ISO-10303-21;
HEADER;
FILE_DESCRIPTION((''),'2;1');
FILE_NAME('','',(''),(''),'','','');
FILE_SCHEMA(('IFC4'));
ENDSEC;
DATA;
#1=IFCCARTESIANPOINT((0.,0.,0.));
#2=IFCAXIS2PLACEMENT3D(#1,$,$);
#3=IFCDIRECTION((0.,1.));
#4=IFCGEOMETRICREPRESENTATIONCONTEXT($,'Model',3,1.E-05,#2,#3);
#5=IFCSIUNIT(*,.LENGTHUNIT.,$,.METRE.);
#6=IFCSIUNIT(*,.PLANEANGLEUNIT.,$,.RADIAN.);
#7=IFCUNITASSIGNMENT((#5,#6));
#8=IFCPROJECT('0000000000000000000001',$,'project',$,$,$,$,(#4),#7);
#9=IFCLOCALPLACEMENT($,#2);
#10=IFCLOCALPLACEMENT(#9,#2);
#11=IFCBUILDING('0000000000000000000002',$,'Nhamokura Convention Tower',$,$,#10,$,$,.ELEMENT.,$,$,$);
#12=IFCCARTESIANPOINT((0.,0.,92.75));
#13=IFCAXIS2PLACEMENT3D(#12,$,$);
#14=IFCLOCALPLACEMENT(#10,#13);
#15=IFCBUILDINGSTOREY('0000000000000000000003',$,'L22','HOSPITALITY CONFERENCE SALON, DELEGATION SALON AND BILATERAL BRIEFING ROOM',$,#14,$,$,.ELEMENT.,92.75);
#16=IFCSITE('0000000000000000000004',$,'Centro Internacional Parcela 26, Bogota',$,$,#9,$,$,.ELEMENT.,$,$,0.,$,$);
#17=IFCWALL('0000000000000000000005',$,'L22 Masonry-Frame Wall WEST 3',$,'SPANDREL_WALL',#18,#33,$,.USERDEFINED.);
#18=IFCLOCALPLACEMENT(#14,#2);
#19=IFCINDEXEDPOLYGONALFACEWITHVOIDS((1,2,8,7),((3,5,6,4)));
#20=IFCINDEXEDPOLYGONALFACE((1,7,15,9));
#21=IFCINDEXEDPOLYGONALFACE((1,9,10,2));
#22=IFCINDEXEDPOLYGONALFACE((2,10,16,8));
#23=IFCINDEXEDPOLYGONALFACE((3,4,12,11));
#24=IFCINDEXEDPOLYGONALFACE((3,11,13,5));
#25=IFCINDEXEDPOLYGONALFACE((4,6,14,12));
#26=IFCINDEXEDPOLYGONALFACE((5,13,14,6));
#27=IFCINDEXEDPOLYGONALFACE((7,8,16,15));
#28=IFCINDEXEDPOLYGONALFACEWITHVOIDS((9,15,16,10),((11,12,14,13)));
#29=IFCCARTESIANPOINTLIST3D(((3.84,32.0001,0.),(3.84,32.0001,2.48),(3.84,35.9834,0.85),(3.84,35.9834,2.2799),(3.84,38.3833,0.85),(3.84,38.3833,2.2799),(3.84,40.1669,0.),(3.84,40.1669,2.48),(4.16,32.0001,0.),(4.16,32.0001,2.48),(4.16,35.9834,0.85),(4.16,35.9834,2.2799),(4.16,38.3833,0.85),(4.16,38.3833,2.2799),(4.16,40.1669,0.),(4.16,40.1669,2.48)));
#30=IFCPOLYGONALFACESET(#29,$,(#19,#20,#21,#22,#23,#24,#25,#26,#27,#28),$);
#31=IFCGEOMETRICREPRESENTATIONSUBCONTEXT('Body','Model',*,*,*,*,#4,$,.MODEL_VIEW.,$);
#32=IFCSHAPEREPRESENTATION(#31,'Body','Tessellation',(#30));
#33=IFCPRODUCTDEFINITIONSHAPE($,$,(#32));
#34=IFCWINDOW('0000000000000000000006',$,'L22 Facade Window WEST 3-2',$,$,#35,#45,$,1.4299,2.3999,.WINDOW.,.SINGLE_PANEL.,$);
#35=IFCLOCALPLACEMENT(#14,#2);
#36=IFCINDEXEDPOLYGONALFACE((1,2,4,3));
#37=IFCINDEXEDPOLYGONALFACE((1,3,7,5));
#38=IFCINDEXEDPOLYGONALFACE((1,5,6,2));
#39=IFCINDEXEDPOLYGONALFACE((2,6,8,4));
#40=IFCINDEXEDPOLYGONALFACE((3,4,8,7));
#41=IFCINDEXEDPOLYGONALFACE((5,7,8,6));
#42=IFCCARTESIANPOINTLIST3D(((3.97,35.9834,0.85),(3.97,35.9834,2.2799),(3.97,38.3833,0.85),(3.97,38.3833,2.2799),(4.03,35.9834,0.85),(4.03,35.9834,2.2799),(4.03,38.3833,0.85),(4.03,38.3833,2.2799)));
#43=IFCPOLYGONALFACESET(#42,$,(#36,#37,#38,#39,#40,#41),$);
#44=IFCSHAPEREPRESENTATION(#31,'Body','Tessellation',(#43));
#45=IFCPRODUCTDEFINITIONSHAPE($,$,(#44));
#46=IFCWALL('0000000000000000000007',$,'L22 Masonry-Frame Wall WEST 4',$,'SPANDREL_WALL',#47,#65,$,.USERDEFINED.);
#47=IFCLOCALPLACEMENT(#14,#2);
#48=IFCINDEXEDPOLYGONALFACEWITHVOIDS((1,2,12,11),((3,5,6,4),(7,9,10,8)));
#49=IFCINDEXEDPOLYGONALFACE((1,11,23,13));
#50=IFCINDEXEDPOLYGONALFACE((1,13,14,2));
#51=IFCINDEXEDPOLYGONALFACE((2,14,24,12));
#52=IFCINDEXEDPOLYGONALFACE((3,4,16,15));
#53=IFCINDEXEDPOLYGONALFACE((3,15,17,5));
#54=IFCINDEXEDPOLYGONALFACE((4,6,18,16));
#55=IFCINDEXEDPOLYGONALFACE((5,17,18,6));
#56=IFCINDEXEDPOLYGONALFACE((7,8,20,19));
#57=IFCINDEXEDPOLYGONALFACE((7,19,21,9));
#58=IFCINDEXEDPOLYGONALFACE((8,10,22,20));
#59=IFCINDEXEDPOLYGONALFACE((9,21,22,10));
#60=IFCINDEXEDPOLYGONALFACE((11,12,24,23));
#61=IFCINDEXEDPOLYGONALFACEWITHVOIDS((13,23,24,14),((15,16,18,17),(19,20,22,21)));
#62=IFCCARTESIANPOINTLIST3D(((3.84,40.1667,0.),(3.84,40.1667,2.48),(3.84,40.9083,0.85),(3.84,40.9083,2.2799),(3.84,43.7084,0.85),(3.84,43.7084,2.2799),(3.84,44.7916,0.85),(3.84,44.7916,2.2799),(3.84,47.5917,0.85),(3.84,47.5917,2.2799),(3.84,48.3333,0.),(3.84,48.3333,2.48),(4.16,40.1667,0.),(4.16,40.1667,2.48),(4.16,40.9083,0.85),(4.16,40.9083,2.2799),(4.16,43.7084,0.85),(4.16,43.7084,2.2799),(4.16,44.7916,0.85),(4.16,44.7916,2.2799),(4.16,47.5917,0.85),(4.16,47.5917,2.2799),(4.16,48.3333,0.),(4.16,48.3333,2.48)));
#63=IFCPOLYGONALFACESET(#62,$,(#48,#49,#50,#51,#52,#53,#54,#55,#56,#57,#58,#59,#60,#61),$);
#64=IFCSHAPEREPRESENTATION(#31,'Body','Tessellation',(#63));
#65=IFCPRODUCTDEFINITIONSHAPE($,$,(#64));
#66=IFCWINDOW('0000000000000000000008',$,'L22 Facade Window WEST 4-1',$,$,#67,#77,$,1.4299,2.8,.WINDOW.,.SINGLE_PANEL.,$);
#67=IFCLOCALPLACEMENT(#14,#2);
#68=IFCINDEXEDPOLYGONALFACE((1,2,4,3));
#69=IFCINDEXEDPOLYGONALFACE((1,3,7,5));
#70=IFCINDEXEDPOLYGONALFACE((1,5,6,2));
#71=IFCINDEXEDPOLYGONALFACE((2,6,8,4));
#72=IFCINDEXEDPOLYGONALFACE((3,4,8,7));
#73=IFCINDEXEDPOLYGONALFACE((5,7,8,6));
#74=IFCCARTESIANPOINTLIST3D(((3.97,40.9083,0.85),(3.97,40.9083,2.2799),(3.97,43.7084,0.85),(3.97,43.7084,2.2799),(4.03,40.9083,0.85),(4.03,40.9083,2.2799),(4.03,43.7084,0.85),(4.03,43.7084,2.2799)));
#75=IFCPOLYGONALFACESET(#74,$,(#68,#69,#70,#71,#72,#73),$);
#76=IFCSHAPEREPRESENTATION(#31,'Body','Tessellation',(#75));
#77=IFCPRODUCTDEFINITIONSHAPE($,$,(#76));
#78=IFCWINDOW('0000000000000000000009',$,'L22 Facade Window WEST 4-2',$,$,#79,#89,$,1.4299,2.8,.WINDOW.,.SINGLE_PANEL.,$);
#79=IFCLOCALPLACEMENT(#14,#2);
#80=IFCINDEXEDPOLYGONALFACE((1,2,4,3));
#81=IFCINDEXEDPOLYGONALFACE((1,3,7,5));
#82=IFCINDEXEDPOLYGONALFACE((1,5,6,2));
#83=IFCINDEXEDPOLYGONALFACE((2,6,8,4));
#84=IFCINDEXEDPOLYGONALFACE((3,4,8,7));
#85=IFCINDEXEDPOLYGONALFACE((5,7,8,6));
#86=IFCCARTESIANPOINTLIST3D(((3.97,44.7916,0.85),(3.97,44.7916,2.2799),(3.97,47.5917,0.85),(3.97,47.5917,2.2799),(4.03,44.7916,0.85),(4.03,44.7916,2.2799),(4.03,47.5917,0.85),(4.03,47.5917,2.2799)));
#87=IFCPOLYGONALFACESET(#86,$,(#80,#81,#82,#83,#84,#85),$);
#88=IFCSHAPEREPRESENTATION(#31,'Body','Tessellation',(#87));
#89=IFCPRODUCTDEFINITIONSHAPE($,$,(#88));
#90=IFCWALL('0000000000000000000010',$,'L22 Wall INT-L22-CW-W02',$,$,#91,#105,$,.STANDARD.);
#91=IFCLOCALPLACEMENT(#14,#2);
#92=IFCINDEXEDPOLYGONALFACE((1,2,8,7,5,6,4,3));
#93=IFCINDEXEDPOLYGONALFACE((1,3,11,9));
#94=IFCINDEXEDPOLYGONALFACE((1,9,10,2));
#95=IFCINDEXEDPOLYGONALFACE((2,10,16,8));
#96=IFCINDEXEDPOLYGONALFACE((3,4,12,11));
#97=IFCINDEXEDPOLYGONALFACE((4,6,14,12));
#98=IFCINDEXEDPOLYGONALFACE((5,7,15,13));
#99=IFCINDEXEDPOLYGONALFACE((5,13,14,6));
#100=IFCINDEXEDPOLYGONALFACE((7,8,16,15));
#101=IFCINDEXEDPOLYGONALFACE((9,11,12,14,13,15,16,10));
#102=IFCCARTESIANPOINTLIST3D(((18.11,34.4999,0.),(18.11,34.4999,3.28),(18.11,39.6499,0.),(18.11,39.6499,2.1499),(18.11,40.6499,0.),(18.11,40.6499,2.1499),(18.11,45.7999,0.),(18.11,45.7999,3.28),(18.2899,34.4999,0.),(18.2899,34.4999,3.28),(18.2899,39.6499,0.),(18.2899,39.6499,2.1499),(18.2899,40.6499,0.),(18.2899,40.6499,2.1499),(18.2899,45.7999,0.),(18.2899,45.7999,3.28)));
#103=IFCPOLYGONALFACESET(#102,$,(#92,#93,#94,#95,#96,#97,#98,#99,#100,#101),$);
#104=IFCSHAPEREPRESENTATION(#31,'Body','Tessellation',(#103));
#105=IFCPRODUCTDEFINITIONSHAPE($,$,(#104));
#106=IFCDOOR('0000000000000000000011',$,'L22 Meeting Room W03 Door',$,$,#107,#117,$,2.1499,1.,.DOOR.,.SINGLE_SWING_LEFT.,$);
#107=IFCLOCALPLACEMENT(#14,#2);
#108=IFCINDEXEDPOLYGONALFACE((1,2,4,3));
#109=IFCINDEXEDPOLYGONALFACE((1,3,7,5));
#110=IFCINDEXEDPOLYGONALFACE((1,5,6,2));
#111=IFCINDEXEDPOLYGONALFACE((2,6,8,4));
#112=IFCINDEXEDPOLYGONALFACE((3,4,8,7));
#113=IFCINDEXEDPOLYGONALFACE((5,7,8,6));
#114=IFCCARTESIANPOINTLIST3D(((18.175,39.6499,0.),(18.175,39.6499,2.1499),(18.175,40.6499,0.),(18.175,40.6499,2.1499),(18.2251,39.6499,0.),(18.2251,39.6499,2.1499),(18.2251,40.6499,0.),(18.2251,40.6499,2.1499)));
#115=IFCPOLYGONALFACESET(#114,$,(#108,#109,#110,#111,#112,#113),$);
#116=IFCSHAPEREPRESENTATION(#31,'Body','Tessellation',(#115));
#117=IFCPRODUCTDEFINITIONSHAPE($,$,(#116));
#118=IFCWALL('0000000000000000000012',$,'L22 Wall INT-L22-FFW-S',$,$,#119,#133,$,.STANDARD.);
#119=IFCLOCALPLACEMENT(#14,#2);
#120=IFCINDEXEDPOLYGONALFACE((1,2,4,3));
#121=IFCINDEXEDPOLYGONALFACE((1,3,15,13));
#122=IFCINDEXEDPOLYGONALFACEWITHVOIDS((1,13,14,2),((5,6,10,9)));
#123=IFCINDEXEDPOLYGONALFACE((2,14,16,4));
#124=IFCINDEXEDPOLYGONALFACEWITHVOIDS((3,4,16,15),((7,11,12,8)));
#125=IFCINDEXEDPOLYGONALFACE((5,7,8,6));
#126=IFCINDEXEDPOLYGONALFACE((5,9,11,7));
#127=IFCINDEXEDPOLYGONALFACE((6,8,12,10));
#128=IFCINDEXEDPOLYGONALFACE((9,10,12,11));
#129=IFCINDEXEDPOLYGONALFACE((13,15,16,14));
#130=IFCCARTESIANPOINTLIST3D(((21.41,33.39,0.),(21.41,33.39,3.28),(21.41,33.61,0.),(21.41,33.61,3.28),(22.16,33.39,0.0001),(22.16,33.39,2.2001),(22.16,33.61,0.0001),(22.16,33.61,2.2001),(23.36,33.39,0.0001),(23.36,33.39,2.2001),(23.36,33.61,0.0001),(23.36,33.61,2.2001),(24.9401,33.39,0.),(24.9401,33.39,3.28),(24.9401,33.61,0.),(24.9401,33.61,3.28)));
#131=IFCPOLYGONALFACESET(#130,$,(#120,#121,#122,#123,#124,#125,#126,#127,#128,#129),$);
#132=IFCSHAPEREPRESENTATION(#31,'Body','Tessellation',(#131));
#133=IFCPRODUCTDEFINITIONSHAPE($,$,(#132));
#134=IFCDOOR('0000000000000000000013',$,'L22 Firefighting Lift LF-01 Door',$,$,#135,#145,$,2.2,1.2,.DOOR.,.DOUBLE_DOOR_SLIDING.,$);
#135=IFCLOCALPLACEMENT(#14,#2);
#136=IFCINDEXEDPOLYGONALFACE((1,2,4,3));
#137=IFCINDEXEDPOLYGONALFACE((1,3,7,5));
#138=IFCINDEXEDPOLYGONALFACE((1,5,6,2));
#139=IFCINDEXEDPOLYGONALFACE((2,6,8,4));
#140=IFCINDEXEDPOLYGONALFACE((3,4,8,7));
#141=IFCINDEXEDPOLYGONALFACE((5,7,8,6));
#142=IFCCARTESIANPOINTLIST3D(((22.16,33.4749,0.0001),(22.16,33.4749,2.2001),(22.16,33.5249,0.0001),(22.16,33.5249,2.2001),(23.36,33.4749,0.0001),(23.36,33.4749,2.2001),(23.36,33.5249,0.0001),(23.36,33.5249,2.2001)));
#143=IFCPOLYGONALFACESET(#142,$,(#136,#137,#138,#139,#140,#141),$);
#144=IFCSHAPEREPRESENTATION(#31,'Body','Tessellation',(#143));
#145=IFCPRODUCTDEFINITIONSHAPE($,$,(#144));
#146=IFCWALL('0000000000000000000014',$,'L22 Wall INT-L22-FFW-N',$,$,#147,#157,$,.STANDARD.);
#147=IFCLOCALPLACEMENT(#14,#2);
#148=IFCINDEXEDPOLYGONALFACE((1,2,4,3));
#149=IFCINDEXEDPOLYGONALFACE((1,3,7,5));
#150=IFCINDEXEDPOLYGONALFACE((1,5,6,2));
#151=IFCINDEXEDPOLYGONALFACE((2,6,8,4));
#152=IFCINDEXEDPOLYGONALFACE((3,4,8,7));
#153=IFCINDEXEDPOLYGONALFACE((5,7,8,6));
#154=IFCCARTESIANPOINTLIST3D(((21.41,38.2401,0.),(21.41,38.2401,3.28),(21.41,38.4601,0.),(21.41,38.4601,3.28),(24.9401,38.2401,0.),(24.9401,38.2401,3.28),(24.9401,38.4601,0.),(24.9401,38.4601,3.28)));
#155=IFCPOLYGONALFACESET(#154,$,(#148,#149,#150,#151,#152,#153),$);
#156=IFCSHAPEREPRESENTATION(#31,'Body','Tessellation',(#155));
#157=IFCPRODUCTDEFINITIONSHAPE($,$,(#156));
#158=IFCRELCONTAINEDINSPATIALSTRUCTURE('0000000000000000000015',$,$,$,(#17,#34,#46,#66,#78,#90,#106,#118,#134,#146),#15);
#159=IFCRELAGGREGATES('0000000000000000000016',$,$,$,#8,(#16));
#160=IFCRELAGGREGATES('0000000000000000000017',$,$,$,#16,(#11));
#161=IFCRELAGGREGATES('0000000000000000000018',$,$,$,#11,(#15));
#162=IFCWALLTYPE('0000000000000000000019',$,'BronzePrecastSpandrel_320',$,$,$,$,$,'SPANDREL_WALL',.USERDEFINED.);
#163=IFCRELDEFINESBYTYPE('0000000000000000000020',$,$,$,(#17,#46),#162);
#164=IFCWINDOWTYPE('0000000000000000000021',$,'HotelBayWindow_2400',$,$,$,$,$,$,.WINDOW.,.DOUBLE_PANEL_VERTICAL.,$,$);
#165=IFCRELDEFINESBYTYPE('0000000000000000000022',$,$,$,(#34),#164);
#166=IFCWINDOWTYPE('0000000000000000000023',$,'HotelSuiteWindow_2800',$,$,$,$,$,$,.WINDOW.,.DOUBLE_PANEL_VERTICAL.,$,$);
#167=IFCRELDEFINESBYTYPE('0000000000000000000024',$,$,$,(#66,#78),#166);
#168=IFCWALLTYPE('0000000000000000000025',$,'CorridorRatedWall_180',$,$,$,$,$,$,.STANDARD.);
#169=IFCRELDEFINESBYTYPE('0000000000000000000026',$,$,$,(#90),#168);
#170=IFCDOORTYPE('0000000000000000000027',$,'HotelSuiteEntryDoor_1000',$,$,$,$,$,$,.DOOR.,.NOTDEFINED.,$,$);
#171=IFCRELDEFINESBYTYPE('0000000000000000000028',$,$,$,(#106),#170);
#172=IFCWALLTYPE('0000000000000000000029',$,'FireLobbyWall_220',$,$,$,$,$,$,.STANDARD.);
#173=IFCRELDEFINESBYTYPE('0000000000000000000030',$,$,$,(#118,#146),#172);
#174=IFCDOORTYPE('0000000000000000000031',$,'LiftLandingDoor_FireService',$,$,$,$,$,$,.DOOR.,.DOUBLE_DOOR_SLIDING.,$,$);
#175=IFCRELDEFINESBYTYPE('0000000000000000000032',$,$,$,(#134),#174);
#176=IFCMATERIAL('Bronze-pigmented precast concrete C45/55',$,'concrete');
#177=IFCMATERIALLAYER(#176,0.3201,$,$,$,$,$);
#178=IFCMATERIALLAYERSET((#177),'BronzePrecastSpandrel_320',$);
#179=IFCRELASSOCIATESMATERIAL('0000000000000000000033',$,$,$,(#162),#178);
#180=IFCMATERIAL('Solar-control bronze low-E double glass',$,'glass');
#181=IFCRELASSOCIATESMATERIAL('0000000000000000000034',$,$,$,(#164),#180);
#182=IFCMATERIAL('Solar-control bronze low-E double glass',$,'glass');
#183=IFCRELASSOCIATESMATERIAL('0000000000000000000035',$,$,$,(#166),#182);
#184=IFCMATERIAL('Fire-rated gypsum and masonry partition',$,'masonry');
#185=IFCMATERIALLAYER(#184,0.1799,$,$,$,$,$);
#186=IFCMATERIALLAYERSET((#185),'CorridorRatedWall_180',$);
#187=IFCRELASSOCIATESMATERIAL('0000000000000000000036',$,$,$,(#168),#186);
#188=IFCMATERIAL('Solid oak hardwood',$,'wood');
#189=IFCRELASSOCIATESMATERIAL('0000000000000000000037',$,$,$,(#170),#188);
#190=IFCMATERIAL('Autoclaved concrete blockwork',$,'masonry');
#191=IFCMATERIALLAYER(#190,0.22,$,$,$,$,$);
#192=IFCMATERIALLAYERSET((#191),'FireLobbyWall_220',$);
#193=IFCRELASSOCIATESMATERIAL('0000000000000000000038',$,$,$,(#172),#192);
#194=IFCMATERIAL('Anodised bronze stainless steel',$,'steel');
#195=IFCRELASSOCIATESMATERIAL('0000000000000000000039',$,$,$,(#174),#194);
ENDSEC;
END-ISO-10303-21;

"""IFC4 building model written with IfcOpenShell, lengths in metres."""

from ifc_helpers import new_model, si_unit, direction, frame, frame_2d, origin, place, context, subcontext, project, spatial, rectangle, extrude, material, layer, layer_set, type_object, element, fill, save


model = new_model("IFC4")

# Units and contexts
model_context = context("Model", 3, precision=1e-05, world=origin(), true_north=direction((0.0, 1.0)))
body_context = subcontext(model_context, "Body", "Model", "MODEL_VIEW")
ifc_project = project(units=[si_unit("LENGTHUNIT", "METRE"), si_unit("PLANEANGLEUNIT", "RADIAN")], contexts=[model_context])

# Site, building, storey
site_placement = place(None, origin())
site = spatial("IfcSite", under=ifc_project, at=site_placement, Name="Centro Internacional Parcela 26, Bogota", CompositionType="ELEMENT", RefElevation=0.0)
building_placement = place(site_placement, origin())
building = spatial("IfcBuilding", under=site, at=building_placement, Name="Nhamokura Convention Tower", CompositionType="ELEMENT")
storey_placement = place(building_placement, frame((0.0, 0.0, 92.75)))
storey = spatial("IfcBuildingStorey", under=building, at=storey_placement, Name="L22", Description="HOSPITALITY CONFERENCE SALON, DELEGATION SALON AND BILATERAL BRIEFING ROOM", CompositionType="ELEMENT", Elevation=92.75)

# Wall, opening, window
ifc_material_1 = material(Name="Bronze-pigmented precast concrete C45/55", Category="concrete")
ifc_layer_1 = layer(ifc_material_1, 0.3201)
ifc_layer_set_1 = layer_set([ifc_layer_1], Name="BronzePrecastSpandrel_320")
wall_type_1 = type_object("IfcWallType", Name="BronzePrecastSpandrel_320", ElementType="SPANDREL_WALL", PredefinedType="USERDEFINED", material=ifc_layer_set_1)
wall_1_placement = place(storey_placement, frame((4.0, 32.0, 0.0), z_axis=(0.0, 0.0, 1.0), x_axis=(0.0, 1.0, 0.0)))
wall_1 = element("IfcWall", 1, at=wall_1_placement, inside=storey, type_object=wall_type_1, Name="L22 Masonry-Frame Wall WEST 3", ObjectType="SPANDREL_WALL", PredefinedType="USERDEFINED", context=body_context, shape_type="SweptSolid", body=[
    extrude(rectangle(XDim=8.1667, YDim=0.3201, at=frame_2d((4.0835, 0.0))), origin(), (0.0, 0.0, 1.0), 2.48),
])
opening_1_placement = place(wall_1_placement, frame((3.9834, 0.0, 0.8501)))
opening_1 = element("IfcOpeningElement", 2, at=opening_1_placement, cuts=wall_1, PredefinedType="OPENING", context=body_context, shape_type="SweptSolid", body=[
    extrude(rectangle(XDim=2.3999, YDim=1.4299, at=frame_2d((1.2, 0.7148))), frame((0.0, 0.1699, 0.0), z_axis=(0.0, -1.0, 0.0), x_axis=(1.0, 0.0, 0.0)), (0.0, 0.0, 1.0), 0.3401),
])
ifc_material_2 = material(Name="Solar-control bronze low-E double glass", Category="glass")
window_type_1 = type_object("IfcWindowType", Name="HotelBayWindow_2400", PartitioningType="DOUBLE_PANEL_VERTICAL", PredefinedType="WINDOW", material=ifc_material_2)
window_1_placement = place(opening_1_placement, origin())
window_1 = element("IfcWindow", 3, at=window_1_placement, inside=storey, type_object=window_type_1, Name="L22 Facade Window WEST 3-2", OverallHeight=1.4299, OverallWidth=2.3999, PartitioningType="SINGLE_PANEL", PredefinedType="WINDOW", context=body_context, shape_type="SweptSolid", body=[
    extrude(rectangle(XDim=2.3999, YDim=1.4299, at=frame_2d((1.2, 0.7148))), frame((0.0, 0.03, 0.0), z_axis=(0.0, -1.0, 0.0), x_axis=(1.0, 0.0, 0.0)), (0.0, 0.0, 1.0), 0.0601),
])
fill(opening_1, window_1)

# Wall, openings, windows
wall_2_placement = place(storey_placement, frame((4.0, 40.1667, 0.0), z_axis=(0.0, 0.0, 1.0), x_axis=(0.0, 1.0, 0.0)))
wall_2 = element("IfcWall", 4, at=wall_2_placement, inside=storey, type_object=wall_type_1, Name="L22 Masonry-Frame Wall WEST 4", ObjectType="SPANDREL_WALL", PredefinedType="USERDEFINED", context=body_context, shape_type="SweptSolid", body=[
    extrude(rectangle(XDim=8.1665, YDim=0.3201, at=frame_2d((4.0833, 0.0))), origin(), (0.0, 0.0, 1.0), 2.48),
])
opening_2_placement = place(wall_2_placement, frame((0.7417, 0.0, 0.8501)))
opening_2 = element("IfcOpeningElement", 5, at=opening_2_placement, cuts=wall_2, PredefinedType="OPENING", context=body_context, shape_type="SweptSolid", body=[
    extrude(rectangle(XDim=2.8, YDim=1.4299, at=frame_2d((1.3999, 0.7148))), frame((0.0, 0.1699, 0.0), z_axis=(0.0, -1.0, 0.0), x_axis=(1.0, 0.0, 0.0)), (0.0, 0.0, 1.0), 0.3401),
])
opening_3_placement = place(wall_2_placement, frame((4.625, 0.0, 0.8501)))
opening_3 = element("IfcOpeningElement", 6, at=opening_3_placement, cuts=wall_2, PredefinedType="OPENING", context=body_context, shape_type="SweptSolid", body=[
    extrude(rectangle(XDim=2.8, YDim=1.4299, at=frame_2d((1.3999, 0.7148))), frame((0.0, 0.1699, 0.0), z_axis=(0.0, -1.0, 0.0), x_axis=(1.0, 0.0, 0.0)), (0.0, 0.0, 1.0), 0.3401),
])
ifc_material_3 = material(Name="Solar-control bronze low-E double glass", Category="glass")
window_type_2 = type_object("IfcWindowType", Name="HotelSuiteWindow_2800", PartitioningType="DOUBLE_PANEL_VERTICAL", PredefinedType="WINDOW", material=ifc_material_3)
window_2_placement = place(opening_2_placement, origin())
window_2 = element("IfcWindow", 7, at=window_2_placement, inside=storey, type_object=window_type_2, Name="L22 Facade Window WEST 4-1", OverallHeight=1.4299, OverallWidth=2.8, PartitioningType="SINGLE_PANEL", PredefinedType="WINDOW", context=body_context, shape_type="SweptSolid", body=[
    extrude(rectangle(XDim=2.8, YDim=1.4299, at=frame_2d((1.3999, 0.7148))), frame((0.0, 0.03, 0.0), z_axis=(0.0, -1.0, 0.0), x_axis=(1.0, 0.0, 0.0)), (0.0, 0.0, 1.0), 0.0601),
])
fill(opening_2, window_2)
window_3_placement = place(opening_3_placement, origin())
window_3 = element("IfcWindow", 8, at=window_3_placement, inside=storey, type_object=window_type_2, Name="L22 Facade Window WEST 4-2", OverallHeight=1.4299, OverallWidth=2.8, PartitioningType="SINGLE_PANEL", PredefinedType="WINDOW", context=body_context, shape_type="SweptSolid", body=[
    extrude(rectangle(XDim=2.8, YDim=1.4299, at=frame_2d((1.3999, 0.7148))), frame((0.0, 0.03, 0.0), z_axis=(0.0, -1.0, 0.0), x_axis=(1.0, 0.0, 0.0)), (0.0, 0.0, 1.0), 0.0601),
])
fill(opening_3, window_3)

# Walls, openings, doors
ifc_material_4 = material(Name="Fire-rated gypsum and masonry partition", Category="masonry")
ifc_layer_2 = layer(ifc_material_4, 0.1799)
ifc_layer_set_2 = layer_set([ifc_layer_2], Name="CorridorRatedWall_180")
wall_type_2 = type_object("IfcWallType", Name="CorridorRatedWall_180", PredefinedType="STANDARD", material=ifc_layer_set_2)
wall_3_placement = place(storey_placement, frame((18.2, 34.5, 0.0), z_axis=(0.0, 0.0, 1.0), x_axis=(0.0, 1.0, 0.0)))
wall_3 = element("IfcWall", 9, at=wall_3_placement, inside=storey, type_object=wall_type_2, Name="L22 Wall INT-L22-CW-W02", PredefinedType="STANDARD", context=body_context, shape_type="SweptSolid", body=[
    extrude(rectangle(XDim=11.3, YDim=0.1799, at=frame_2d((5.6499, 0.0))), origin(), (0.0, 0.0, 1.0), 3.28),
])
opening_4_placement = place(wall_3_placement, frame((5.1499, 0.0, 0.0)))
opening_4 = element("IfcOpeningElement", 10, at=opening_4_placement, cuts=wall_3, PredefinedType="OPENING", context=body_context, shape_type="SweptSolid", body=[
    extrude(rectangle(XDim=1.0, YDim=2.1499, at=frame_2d((0.5, 1.075))), frame((0.0, 0.0999, 0.0), z_axis=(0.0, -1.0, 0.0), x_axis=(1.0, 0.0, 0.0)), (0.0, 0.0, 1.0), 0.2),
])
ifc_material_5 = material(Name="Solid oak hardwood", Category="wood")
door_type_1 = type_object("IfcDoorType", Name="HotelSuiteEntryDoor_1000", OperationType="NOTDEFINED", PredefinedType="DOOR", material=ifc_material_5)
door_1_placement = place(opening_4_placement, origin())
door_1 = element("IfcDoor", 11, at=door_1_placement, inside=storey, type_object=door_type_1, Name="L22 Meeting Room W03 Door", OperationType="SINGLE_SWING_LEFT", OverallHeight=2.1499, OverallWidth=1.0, PredefinedType="DOOR", context=body_context, shape_type="SweptSolid", body=[
    extrude(rectangle(XDim=1.0, YDim=2.1499, at=frame_2d((0.5, 1.075))), frame((0.0, 0.0249, 0.0), z_axis=(0.0, -1.0, 0.0), x_axis=(1.0, 0.0, 0.0)), (0.0, 0.0, 1.0), 0.05),
])
fill(opening_4, door_1)
ifc_material_6 = material(Name="Autoclaved concrete blockwork", Category="masonry")
ifc_layer_3 = layer(ifc_material_6, 0.22)
ifc_layer_set_3 = layer_set([ifc_layer_3], Name="FireLobbyWall_220")
wall_type_3 = type_object("IfcWallType", Name="FireLobbyWall_220", PredefinedType="STANDARD", material=ifc_layer_set_3)
wall_4_placement = place(storey_placement, frame((21.4099, 33.5, 0.0), z_axis=(0.0, 0.0, 1.0), x_axis=(1.0, 0.0, 0.0)))
wall_4 = element("IfcWall", 12, at=wall_4_placement, inside=storey, type_object=wall_type_3, Name="L22 Wall INT-L22-FFW-S", PredefinedType="STANDARD", context=body_context, shape_type="SweptSolid", body=[
    extrude(rectangle(XDim=3.53, YDim=0.22, at=frame_2d((1.7651, 0.0))), origin(), (0.0, 0.0, 1.0), 3.28),
])
opening_5_placement = place(wall_4_placement, frame((0.75, 0.0, 0.0)))
opening_5 = element("IfcOpeningElement", 13, at=opening_5_placement, cuts=wall_4, PredefinedType="OPENING", context=body_context, shape_type="SweptSolid", body=[
    extrude(rectangle(XDim=1.2, YDim=2.2, at=frame_2d((0.6001, 1.1001))), frame((0.0, 0.1199, 0.0), z_axis=(0.0, -1.0, 0.0), x_axis=(1.0, 0.0, 0.0)), (0.0, 0.0, 1.0), 0.24),
])
ifc_material_7 = material(Name="Anodised bronze stainless steel", Category="steel")
door_type_2 = type_object("IfcDoorType", Name="LiftLandingDoor_FireService", OperationType="DOUBLE_DOOR_SLIDING", PredefinedType="DOOR", material=ifc_material_7)
door_2_placement = place(opening_5_placement, origin())
door_2 = element("IfcDoor", 14, at=door_2_placement, inside=storey, type_object=door_type_2, Name="L22 Firefighting Lift LF-01 Door", OperationType="DOUBLE_DOOR_SLIDING", OverallHeight=2.2, OverallWidth=1.2, PredefinedType="DOOR", context=body_context, shape_type="SweptSolid", body=[
    extrude(rectangle(XDim=1.2, YDim=2.2, at=frame_2d((0.6001, 1.1001))), frame((0.0, 0.0249, 0.0), z_axis=(0.0, -1.0, 0.0), x_axis=(1.0, 0.0, 0.0)), (0.0, 0.0, 1.0), 0.05),
])
fill(opening_5, door_2)

# Wall
wall_5_placement = place(storey_placement, frame((21.4099, 38.3501, 0.0), z_axis=(0.0, 0.0, 1.0), x_axis=(1.0, 0.0, 0.0)))
element("IfcWall", 15, at=wall_5_placement, inside=storey, type_object=wall_type_3, Name="L22 Wall INT-L22-FFW-N", PredefinedType="STANDARD", context=body_context, shape_type="SweptSolid", body=[
    extrude(rectangle(XDim=3.53, YDim=0.22, at=frame_2d((1.7651, 0.0))), origin(), (0.0, 0.0, 1.0), 3.28),
])

save(model, "model.ifc")
